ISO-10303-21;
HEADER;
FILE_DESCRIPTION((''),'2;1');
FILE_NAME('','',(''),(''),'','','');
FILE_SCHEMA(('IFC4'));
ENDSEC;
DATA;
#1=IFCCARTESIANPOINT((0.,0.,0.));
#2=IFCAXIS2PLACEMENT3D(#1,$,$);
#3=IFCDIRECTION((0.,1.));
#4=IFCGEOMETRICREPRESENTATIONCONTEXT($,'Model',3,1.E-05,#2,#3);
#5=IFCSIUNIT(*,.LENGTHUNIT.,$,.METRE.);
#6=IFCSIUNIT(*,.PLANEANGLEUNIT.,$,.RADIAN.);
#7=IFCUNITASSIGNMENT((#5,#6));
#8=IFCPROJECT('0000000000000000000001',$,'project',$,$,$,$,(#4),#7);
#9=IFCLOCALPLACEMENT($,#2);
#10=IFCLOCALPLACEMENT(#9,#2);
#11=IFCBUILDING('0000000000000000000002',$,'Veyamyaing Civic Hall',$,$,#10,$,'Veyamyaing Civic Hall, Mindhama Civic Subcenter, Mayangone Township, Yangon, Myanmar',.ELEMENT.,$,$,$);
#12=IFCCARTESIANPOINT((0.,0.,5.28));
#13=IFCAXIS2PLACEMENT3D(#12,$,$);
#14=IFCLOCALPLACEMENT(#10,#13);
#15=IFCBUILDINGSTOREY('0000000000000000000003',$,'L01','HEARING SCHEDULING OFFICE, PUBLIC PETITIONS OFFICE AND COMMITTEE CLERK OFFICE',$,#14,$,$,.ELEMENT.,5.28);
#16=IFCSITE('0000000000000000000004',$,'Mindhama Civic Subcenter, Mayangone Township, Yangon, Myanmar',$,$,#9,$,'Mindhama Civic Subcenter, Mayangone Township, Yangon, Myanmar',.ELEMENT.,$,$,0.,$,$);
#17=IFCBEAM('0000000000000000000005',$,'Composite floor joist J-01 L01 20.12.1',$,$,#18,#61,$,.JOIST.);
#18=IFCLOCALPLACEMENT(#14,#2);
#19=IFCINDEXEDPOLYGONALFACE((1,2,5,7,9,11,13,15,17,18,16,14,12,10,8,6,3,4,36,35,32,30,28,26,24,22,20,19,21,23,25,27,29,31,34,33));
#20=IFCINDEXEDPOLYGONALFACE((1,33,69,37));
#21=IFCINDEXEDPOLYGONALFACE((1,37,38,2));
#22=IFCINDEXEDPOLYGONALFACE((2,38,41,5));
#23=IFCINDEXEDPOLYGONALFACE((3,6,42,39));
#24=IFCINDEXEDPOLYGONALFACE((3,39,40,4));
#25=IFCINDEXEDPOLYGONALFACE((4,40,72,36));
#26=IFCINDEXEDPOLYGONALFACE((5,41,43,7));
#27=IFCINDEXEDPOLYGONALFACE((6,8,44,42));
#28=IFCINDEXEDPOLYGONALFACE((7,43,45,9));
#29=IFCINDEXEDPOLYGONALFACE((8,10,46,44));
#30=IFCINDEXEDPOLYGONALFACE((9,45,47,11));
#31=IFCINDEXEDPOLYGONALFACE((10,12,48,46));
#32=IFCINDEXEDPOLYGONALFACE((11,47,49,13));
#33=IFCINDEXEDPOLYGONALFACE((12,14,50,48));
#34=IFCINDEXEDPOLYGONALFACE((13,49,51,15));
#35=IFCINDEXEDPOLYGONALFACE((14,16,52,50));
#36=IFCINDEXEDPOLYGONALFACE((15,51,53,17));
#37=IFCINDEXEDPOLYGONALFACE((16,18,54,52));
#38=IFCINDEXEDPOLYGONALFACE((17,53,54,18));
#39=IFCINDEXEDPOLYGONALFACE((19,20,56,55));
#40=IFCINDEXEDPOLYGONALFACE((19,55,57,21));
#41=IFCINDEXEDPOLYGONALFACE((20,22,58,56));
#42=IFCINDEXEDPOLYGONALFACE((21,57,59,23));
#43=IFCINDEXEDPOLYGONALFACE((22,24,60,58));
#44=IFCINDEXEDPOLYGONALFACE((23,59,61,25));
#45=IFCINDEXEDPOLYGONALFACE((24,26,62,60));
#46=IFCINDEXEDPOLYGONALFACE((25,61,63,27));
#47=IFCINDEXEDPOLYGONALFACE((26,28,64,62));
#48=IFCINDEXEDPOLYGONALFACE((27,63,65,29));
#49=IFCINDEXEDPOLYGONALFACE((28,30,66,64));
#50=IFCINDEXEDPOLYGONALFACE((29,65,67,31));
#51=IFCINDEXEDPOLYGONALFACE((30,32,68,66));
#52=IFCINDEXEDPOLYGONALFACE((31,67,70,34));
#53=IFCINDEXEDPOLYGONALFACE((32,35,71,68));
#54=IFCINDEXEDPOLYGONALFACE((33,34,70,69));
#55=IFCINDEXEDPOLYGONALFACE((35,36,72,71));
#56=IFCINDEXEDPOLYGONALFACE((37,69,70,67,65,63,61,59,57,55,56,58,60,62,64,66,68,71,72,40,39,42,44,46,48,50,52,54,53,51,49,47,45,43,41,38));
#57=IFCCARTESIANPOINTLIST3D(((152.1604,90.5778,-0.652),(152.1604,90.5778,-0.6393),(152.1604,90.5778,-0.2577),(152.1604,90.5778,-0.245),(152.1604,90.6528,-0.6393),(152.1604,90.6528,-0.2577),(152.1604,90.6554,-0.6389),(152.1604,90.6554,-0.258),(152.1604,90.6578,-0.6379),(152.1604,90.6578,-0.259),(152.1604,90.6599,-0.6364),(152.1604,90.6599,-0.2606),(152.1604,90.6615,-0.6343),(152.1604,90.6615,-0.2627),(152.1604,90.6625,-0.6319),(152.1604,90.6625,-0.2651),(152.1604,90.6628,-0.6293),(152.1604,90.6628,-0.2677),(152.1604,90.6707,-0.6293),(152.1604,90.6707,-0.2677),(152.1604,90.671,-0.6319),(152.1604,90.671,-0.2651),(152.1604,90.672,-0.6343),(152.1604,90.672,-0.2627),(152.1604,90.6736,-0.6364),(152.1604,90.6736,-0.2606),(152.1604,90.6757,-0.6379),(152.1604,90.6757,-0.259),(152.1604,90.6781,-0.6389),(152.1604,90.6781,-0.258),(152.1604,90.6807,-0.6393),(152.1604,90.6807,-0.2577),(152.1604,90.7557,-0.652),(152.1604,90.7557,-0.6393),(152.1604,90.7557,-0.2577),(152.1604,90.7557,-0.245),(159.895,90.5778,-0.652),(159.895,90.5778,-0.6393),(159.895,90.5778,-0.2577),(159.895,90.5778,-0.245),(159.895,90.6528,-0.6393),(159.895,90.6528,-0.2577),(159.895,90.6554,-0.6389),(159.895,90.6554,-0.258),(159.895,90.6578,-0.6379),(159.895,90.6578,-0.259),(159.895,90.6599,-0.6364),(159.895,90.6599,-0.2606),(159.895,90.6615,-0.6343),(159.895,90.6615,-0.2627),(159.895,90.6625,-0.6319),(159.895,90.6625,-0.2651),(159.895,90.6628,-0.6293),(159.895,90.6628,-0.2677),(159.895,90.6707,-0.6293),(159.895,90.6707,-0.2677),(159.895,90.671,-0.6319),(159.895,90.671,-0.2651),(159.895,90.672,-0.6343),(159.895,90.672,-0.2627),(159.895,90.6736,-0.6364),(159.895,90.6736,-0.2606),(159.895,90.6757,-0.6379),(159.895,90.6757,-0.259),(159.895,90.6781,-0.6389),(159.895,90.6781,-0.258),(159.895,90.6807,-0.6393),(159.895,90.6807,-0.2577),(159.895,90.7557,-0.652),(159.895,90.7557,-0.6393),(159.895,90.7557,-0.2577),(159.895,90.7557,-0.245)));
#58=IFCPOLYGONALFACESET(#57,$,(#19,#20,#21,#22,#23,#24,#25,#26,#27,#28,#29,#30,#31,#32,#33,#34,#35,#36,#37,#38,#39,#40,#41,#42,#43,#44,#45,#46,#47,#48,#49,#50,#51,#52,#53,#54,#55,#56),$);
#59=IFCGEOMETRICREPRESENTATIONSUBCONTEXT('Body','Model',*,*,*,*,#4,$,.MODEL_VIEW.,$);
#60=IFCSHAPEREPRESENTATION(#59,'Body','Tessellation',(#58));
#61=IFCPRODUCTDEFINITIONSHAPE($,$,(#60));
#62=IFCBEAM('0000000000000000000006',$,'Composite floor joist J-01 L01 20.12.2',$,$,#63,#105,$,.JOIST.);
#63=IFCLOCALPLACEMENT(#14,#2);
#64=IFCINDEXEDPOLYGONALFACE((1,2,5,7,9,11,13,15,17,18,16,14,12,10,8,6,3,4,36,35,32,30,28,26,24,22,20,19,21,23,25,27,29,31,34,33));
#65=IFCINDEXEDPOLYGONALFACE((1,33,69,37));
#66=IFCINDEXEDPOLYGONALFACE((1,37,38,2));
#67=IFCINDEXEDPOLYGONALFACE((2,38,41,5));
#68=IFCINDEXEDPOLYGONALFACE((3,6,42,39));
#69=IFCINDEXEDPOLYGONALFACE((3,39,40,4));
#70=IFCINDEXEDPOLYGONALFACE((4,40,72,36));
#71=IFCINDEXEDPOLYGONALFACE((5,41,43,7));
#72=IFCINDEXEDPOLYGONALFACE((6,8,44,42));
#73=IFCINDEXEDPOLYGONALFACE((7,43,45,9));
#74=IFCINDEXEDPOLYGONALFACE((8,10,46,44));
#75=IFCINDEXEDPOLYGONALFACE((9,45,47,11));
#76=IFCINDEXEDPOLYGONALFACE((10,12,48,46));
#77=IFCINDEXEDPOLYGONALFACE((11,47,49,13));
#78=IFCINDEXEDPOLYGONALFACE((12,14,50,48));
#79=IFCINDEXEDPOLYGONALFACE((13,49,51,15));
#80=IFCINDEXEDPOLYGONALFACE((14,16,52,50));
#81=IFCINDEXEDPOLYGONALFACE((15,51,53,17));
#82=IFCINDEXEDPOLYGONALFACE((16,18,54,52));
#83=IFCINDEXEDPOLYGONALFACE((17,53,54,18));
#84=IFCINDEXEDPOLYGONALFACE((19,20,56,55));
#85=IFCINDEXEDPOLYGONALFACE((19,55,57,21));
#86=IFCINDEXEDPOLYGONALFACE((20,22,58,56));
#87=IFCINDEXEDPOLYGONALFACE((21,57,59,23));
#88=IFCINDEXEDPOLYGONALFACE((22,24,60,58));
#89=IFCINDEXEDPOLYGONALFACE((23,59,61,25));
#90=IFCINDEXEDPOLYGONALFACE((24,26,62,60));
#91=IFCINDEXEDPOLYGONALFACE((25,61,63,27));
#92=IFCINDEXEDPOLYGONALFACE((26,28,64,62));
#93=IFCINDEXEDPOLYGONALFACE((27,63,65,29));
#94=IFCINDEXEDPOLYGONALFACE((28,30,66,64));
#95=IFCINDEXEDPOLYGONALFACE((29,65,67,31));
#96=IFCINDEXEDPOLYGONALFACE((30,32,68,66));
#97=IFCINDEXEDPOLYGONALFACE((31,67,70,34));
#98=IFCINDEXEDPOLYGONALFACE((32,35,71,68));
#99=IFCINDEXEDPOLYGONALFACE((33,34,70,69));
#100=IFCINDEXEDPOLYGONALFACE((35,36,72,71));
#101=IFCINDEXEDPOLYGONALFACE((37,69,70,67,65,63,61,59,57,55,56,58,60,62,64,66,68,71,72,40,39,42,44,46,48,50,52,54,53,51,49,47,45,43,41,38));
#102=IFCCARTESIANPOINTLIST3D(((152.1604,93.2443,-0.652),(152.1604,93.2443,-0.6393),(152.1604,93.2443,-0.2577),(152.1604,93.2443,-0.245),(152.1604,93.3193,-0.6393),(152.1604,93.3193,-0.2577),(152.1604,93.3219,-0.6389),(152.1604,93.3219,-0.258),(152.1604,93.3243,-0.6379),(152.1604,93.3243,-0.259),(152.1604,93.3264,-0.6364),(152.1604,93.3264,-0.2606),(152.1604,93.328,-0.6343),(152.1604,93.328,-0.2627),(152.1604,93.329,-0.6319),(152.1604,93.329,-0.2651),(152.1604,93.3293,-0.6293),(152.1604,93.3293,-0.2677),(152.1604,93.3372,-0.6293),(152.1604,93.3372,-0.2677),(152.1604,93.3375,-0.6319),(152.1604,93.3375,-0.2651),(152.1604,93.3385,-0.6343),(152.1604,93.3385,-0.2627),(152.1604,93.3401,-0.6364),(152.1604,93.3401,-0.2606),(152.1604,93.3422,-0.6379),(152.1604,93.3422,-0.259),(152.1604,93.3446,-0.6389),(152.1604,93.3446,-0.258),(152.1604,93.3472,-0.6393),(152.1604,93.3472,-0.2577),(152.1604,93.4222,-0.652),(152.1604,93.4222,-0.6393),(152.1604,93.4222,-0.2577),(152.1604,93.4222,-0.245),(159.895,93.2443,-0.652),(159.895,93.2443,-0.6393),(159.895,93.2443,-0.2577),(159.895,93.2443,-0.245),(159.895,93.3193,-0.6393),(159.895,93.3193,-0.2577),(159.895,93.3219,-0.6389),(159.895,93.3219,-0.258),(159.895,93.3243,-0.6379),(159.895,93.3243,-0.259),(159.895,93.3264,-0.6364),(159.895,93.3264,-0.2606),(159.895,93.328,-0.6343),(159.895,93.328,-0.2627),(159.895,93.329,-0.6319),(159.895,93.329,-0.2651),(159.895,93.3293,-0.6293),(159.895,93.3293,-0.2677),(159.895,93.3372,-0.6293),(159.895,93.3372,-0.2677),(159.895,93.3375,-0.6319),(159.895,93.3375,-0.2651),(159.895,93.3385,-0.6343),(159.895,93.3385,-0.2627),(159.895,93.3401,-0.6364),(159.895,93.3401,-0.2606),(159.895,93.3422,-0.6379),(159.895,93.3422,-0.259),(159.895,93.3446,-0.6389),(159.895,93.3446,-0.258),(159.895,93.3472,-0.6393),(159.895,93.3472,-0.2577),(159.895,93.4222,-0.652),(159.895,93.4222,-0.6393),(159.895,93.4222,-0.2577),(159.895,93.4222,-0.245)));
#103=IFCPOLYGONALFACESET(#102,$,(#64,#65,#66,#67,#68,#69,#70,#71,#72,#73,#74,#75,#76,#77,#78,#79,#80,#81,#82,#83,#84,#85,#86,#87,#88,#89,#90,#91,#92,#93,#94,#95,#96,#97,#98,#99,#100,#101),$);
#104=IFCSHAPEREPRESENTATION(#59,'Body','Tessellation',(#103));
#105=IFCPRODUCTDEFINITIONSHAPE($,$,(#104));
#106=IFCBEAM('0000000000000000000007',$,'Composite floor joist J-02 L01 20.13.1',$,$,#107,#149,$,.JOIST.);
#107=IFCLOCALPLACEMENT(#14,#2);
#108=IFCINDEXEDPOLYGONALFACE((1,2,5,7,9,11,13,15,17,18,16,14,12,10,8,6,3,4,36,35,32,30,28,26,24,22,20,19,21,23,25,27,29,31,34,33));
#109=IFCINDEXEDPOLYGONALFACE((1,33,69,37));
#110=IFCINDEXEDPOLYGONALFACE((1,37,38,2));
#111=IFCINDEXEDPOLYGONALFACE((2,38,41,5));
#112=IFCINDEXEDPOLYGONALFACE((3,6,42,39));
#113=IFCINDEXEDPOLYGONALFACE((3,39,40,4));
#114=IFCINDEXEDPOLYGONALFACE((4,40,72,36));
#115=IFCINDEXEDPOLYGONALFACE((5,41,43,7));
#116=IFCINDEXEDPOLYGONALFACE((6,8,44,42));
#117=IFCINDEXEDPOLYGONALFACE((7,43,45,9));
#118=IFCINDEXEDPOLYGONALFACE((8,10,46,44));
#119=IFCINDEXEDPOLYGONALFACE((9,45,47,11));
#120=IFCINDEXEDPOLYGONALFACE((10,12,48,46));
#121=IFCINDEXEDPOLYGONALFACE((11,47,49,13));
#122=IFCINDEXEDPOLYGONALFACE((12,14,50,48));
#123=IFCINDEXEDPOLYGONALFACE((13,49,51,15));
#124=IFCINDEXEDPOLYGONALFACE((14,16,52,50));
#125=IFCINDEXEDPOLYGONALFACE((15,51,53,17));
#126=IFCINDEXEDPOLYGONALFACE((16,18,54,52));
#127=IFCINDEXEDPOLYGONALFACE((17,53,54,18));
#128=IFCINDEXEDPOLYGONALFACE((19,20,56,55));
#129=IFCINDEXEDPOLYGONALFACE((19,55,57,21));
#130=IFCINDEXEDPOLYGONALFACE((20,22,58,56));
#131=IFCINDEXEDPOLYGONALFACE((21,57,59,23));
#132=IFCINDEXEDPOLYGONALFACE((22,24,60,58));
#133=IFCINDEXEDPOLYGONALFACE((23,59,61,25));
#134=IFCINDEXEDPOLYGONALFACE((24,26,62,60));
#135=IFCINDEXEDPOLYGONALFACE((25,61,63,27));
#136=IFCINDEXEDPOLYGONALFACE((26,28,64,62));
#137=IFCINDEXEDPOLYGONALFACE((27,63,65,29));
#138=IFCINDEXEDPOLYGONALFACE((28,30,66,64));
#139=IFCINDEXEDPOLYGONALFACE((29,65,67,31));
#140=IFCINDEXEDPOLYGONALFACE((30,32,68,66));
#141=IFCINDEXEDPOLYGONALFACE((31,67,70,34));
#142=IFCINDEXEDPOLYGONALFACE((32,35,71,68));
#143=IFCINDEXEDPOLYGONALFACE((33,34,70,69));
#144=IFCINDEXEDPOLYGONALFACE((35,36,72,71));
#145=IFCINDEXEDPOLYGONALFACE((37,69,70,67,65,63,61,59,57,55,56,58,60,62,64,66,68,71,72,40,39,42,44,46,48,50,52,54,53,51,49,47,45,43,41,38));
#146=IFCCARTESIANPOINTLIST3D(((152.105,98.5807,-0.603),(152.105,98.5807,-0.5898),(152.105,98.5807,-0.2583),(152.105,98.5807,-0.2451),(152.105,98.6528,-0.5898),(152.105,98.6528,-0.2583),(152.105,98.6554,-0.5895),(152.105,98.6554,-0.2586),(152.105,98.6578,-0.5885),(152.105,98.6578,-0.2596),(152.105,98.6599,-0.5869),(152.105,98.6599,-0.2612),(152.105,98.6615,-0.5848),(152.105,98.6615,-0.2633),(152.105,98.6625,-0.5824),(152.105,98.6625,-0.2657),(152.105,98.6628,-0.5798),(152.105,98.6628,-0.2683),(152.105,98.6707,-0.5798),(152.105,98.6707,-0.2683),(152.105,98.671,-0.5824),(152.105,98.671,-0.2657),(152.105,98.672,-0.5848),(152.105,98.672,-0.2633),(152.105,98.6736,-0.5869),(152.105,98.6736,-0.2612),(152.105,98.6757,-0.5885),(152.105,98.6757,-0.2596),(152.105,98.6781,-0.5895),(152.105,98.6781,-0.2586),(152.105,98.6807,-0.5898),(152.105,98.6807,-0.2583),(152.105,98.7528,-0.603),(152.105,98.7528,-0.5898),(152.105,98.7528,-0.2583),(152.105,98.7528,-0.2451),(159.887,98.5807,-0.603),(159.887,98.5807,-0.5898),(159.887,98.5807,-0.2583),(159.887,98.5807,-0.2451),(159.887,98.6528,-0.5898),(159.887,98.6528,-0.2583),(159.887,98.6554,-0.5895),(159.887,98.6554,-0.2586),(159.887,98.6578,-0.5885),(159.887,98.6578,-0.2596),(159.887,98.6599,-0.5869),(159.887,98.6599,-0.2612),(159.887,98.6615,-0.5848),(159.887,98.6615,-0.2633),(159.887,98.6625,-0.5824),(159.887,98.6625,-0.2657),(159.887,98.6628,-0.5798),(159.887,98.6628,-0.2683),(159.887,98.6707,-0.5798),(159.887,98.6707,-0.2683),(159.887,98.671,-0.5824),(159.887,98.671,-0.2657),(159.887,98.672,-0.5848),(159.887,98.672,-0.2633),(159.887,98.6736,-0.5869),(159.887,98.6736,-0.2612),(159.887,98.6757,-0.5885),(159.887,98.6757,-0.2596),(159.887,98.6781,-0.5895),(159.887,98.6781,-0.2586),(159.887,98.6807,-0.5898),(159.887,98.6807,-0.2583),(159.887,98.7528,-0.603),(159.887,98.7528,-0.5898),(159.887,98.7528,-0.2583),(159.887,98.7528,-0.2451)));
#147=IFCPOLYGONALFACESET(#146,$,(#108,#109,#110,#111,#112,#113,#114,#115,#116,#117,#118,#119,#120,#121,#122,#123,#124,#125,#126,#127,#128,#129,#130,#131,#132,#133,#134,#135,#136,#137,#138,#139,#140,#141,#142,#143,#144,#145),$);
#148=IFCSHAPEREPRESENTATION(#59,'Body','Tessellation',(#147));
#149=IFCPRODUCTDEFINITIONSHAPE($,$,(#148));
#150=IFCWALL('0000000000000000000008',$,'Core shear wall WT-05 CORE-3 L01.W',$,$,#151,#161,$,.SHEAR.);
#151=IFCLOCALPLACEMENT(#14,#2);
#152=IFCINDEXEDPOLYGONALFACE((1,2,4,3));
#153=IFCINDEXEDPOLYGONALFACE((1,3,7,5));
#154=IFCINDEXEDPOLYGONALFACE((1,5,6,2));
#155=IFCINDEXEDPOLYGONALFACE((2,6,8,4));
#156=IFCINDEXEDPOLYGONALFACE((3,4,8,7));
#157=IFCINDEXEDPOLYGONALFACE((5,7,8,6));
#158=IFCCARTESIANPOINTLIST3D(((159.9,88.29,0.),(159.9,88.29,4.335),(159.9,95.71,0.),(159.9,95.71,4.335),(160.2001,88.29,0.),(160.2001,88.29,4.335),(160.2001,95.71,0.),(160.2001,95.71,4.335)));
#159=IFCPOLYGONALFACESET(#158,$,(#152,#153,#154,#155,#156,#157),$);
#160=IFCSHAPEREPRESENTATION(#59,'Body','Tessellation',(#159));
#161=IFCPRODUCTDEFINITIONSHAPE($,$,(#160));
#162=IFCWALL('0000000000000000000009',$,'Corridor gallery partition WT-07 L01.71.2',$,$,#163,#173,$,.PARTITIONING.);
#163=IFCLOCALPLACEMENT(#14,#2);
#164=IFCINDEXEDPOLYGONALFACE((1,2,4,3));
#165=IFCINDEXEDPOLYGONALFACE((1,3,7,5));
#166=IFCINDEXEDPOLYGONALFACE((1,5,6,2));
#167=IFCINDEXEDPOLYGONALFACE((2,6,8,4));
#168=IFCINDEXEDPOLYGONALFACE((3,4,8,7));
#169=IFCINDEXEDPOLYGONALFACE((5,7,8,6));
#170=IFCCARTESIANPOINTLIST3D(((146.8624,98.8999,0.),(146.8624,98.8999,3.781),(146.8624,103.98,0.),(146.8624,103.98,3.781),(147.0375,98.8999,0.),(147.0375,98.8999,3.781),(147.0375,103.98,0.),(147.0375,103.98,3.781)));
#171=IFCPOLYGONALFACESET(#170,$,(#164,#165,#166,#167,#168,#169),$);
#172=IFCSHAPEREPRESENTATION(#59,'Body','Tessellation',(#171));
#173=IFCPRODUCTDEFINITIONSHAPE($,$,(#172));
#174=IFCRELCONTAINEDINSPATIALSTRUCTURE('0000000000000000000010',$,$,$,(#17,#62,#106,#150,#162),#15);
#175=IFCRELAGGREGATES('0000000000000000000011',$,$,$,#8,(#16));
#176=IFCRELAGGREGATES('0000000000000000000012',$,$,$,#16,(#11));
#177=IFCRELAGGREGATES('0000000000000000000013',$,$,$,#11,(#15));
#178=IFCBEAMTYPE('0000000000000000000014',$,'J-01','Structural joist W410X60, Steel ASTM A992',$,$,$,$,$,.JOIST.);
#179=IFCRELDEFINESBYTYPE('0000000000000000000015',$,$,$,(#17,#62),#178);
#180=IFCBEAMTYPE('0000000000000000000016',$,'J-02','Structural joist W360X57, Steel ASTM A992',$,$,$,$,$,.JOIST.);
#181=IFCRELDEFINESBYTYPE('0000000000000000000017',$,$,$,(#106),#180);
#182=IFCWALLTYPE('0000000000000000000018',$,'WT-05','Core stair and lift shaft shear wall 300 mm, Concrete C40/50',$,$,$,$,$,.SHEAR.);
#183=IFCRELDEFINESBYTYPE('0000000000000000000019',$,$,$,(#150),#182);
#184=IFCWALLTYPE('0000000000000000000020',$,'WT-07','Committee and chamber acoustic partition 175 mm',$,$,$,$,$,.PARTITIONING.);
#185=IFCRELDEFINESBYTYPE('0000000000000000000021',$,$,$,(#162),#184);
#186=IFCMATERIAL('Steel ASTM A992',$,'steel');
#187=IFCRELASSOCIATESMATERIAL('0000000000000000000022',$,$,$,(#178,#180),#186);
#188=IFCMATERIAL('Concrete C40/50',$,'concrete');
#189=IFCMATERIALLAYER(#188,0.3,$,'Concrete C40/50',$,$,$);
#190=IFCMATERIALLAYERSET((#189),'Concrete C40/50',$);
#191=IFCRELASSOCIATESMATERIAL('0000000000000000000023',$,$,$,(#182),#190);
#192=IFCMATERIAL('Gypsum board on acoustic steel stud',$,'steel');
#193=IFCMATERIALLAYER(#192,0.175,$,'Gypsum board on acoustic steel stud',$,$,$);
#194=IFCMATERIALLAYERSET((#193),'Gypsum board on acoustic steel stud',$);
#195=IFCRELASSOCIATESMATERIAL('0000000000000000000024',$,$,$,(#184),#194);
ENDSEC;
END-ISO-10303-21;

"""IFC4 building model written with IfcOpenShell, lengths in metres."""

from ifc_helpers import new_model, si_unit, direction, frame, frame_2d, origin, origin_2d, place, context, subcontext, project, spatial, rectangle, i_section, extrude, material, layer, layer_set, material_profile, profile_set, type_object, element, save


model = new_model("IFC4")

# Units and contexts
model_context = context("Model", 3, precision=1e-05, world=origin(), true_north=direction((0.0, 1.0)))
body_context = subcontext(model_context, "Body", "Model", "MODEL_VIEW")
ifc_project = project(units=[si_unit("LENGTHUNIT", "METRE"), si_unit("PLANEANGLEUNIT", "RADIAN")], contexts=[model_context])

# Site, building, storey
site_placement = place(None, origin())
site = spatial("IfcSite", under=ifc_project, at=site_placement, Name="Mindhama Civic Subcenter, Mayangone Township, Yangon, Myanmar", LongName="Mindhama Civic Subcenter, Mayangone Township, Yangon, Myanmar", CompositionType="ELEMENT", RefElevation=0.0)
building_placement = place(site_placement, origin())
building = spatial("IfcBuilding", under=site, at=building_placement, Name="Veyamyaing Civic Hall", LongName="Veyamyaing Civic Hall, Mindhama Civic Subcenter, Mayangone Township, Yangon, Myanmar", CompositionType="ELEMENT")
storey_placement = place(building_placement, frame((0.0, 0.0, 5.28)))
storey = spatial("IfcBuildingStorey", under=building, at=storey_placement, Name="L01", Description="HEARING SCHEDULING OFFICE, PUBLIC PETITIONS OFFICE AND COMMITTEE CLERK OFFICE", CompositionType="ELEMENT", Elevation=5.28)

# Beams
ifc_material_1 = material(Name="Steel ASTM A992", Category="steel")
ifc_material_profile_1 = material_profile(ifc_material_1, i_section(OverallWidth=0.178, OverallDepth=0.407, WebThickness=0.0078, FlangeThickness=0.0127, FilletRadius=0.01, at=origin_2d()), Name="W410X60")
ifc_profile_set_1 = profile_set([ifc_material_profile_1], Name="Steel ASTM A992")
beam_type_1 = type_object("IfcBeamType", Name="J-01", Description="Structural joist W410X60, Steel ASTM A992", PredefinedType="JOIST", material=ifc_profile_set_1)
for number, where, z_axis, x_axis, name in (
    (1, (152.1604, 90.6667, -0.4485), (1.0, 0.0, 0.0), (0.0, 1.0, 0.0), "Composite floor joist J-01 L01 20.12.1"),
    (2, (152.1604, 93.3333, -0.4485), (1.0, 0.0, 0.0), (0.0, 1.0, 0.0), "Composite floor joist J-01 L01 20.12.2"),
):
    element("IfcBeam", number, at=place(storey_placement, frame(where, z_axis=z_axis, x_axis=x_axis)), inside=storey, type_object=beam_type_1, Name=name, PredefinedType="JOIST", context=body_context, shape_type="SweptSolid", body=[
        extrude(i_section(OverallWidth=0.178, OverallDepth=0.407, WebThickness=0.0078, FlangeThickness=0.0127, FilletRadius=0.01, at=origin_2d()), origin(), (0.0, 0.0, 1.0), 7.7346),
    ])
ifc_material_profile_2 = material_profile(ifc_material_1, i_section(OverallWidth=0.1721, OverallDepth=0.3579, WebThickness=0.0078, FlangeThickness=0.0132, FilletRadius=0.01, at=origin_2d()), Name="W360X57")
ifc_profile_set_2 = profile_set([ifc_material_profile_2], Name="Steel ASTM A992")
beam_type_2 = type_object("IfcBeamType", Name="J-02", Description="Structural joist W360X57, Steel ASTM A992", PredefinedType="JOIST", material=ifc_profile_set_2)
beam_1_placement = place(storey_placement, frame((152.105, 98.6667, -0.4241), z_axis=(1.0, 0.0, 0.0), x_axis=(0.0, 1.0, 0.0)))
element("IfcBeam", 3, at=beam_1_placement, inside=storey, type_object=beam_type_2, Name="Composite floor joist J-02 L01 20.13.1", PredefinedType="JOIST", context=body_context, shape_type="SweptSolid", body=[
    extrude(i_section(OverallWidth=0.1721, OverallDepth=0.3579, WebThickness=0.0078, FlangeThickness=0.0132, FilletRadius=0.01, at=origin_2d()), origin(), (0.0, 0.0, 1.0), 7.782),
])

# Walls
ifc_material_2 = material(Name="Concrete C40/50", Category="concrete")
ifc_layer_1 = layer(ifc_material_2, 0.3, Name="Concrete C40/50")
ifc_layer_set_1 = layer_set([ifc_layer_1], Name="Concrete C40/50")
wall_type_1 = type_object("IfcWallType", Name="WT-05", Description="Core stair and lift shaft shear wall 300 mm, Concrete C40/50", PredefinedType="SHEAR", material=ifc_layer_set_1)
wall_1_placement = place(storey_placement, frame((160.05, 88.29, 0.0), z_axis=(0.0, 0.0, 1.0), x_axis=(0.0, 1.0, 0.0)))
element("IfcWall", 4, at=wall_1_placement, inside=storey, type_object=wall_type_1, Name="Core shear wall WT-05 CORE-3 L01.W", PredefinedType="SHEAR", context=body_context, shape_type="SweptSolid", body=[
    extrude(rectangle(XDim=7.4199, YDim=0.3, at=frame_2d((3.71, 0.0))), origin(), (0.0, 0.0, 1.0), 4.335),
])
ifc_material_3 = material(Name="Gypsum board on acoustic steel stud", Category="steel")
ifc_layer_2 = layer(ifc_material_3, 0.175, Name="Gypsum board on acoustic steel stud")
ifc_layer_set_2 = layer_set([ifc_layer_2], Name="Gypsum board on acoustic steel stud")
wall_type_2 = type_object("IfcWallType", Name="WT-07", Description="Committee and chamber acoustic partition 175 mm", PredefinedType="PARTITIONING", material=ifc_layer_set_2)
wall_2_placement = place(storey_placement, frame((146.95, 98.8999, 0.0), z_axis=(0.0, 0.0, 1.0), x_axis=(0.0, 1.0, 0.0)))
element("IfcWall", 5, at=wall_2_placement, inside=storey, type_object=wall_type_2, Name="Corridor gallery partition WT-07 L01.71.2", PredefinedType="PARTITIONING", context=body_context, shape_type="SweptSolid", body=[
    extrude(rectangle(XDim=5.0801, YDim=0.175, at=frame_2d((2.54, 0.0))), origin(), (0.0, 0.0, 1.0), 3.781),
])

save(model, "model.ifc")
